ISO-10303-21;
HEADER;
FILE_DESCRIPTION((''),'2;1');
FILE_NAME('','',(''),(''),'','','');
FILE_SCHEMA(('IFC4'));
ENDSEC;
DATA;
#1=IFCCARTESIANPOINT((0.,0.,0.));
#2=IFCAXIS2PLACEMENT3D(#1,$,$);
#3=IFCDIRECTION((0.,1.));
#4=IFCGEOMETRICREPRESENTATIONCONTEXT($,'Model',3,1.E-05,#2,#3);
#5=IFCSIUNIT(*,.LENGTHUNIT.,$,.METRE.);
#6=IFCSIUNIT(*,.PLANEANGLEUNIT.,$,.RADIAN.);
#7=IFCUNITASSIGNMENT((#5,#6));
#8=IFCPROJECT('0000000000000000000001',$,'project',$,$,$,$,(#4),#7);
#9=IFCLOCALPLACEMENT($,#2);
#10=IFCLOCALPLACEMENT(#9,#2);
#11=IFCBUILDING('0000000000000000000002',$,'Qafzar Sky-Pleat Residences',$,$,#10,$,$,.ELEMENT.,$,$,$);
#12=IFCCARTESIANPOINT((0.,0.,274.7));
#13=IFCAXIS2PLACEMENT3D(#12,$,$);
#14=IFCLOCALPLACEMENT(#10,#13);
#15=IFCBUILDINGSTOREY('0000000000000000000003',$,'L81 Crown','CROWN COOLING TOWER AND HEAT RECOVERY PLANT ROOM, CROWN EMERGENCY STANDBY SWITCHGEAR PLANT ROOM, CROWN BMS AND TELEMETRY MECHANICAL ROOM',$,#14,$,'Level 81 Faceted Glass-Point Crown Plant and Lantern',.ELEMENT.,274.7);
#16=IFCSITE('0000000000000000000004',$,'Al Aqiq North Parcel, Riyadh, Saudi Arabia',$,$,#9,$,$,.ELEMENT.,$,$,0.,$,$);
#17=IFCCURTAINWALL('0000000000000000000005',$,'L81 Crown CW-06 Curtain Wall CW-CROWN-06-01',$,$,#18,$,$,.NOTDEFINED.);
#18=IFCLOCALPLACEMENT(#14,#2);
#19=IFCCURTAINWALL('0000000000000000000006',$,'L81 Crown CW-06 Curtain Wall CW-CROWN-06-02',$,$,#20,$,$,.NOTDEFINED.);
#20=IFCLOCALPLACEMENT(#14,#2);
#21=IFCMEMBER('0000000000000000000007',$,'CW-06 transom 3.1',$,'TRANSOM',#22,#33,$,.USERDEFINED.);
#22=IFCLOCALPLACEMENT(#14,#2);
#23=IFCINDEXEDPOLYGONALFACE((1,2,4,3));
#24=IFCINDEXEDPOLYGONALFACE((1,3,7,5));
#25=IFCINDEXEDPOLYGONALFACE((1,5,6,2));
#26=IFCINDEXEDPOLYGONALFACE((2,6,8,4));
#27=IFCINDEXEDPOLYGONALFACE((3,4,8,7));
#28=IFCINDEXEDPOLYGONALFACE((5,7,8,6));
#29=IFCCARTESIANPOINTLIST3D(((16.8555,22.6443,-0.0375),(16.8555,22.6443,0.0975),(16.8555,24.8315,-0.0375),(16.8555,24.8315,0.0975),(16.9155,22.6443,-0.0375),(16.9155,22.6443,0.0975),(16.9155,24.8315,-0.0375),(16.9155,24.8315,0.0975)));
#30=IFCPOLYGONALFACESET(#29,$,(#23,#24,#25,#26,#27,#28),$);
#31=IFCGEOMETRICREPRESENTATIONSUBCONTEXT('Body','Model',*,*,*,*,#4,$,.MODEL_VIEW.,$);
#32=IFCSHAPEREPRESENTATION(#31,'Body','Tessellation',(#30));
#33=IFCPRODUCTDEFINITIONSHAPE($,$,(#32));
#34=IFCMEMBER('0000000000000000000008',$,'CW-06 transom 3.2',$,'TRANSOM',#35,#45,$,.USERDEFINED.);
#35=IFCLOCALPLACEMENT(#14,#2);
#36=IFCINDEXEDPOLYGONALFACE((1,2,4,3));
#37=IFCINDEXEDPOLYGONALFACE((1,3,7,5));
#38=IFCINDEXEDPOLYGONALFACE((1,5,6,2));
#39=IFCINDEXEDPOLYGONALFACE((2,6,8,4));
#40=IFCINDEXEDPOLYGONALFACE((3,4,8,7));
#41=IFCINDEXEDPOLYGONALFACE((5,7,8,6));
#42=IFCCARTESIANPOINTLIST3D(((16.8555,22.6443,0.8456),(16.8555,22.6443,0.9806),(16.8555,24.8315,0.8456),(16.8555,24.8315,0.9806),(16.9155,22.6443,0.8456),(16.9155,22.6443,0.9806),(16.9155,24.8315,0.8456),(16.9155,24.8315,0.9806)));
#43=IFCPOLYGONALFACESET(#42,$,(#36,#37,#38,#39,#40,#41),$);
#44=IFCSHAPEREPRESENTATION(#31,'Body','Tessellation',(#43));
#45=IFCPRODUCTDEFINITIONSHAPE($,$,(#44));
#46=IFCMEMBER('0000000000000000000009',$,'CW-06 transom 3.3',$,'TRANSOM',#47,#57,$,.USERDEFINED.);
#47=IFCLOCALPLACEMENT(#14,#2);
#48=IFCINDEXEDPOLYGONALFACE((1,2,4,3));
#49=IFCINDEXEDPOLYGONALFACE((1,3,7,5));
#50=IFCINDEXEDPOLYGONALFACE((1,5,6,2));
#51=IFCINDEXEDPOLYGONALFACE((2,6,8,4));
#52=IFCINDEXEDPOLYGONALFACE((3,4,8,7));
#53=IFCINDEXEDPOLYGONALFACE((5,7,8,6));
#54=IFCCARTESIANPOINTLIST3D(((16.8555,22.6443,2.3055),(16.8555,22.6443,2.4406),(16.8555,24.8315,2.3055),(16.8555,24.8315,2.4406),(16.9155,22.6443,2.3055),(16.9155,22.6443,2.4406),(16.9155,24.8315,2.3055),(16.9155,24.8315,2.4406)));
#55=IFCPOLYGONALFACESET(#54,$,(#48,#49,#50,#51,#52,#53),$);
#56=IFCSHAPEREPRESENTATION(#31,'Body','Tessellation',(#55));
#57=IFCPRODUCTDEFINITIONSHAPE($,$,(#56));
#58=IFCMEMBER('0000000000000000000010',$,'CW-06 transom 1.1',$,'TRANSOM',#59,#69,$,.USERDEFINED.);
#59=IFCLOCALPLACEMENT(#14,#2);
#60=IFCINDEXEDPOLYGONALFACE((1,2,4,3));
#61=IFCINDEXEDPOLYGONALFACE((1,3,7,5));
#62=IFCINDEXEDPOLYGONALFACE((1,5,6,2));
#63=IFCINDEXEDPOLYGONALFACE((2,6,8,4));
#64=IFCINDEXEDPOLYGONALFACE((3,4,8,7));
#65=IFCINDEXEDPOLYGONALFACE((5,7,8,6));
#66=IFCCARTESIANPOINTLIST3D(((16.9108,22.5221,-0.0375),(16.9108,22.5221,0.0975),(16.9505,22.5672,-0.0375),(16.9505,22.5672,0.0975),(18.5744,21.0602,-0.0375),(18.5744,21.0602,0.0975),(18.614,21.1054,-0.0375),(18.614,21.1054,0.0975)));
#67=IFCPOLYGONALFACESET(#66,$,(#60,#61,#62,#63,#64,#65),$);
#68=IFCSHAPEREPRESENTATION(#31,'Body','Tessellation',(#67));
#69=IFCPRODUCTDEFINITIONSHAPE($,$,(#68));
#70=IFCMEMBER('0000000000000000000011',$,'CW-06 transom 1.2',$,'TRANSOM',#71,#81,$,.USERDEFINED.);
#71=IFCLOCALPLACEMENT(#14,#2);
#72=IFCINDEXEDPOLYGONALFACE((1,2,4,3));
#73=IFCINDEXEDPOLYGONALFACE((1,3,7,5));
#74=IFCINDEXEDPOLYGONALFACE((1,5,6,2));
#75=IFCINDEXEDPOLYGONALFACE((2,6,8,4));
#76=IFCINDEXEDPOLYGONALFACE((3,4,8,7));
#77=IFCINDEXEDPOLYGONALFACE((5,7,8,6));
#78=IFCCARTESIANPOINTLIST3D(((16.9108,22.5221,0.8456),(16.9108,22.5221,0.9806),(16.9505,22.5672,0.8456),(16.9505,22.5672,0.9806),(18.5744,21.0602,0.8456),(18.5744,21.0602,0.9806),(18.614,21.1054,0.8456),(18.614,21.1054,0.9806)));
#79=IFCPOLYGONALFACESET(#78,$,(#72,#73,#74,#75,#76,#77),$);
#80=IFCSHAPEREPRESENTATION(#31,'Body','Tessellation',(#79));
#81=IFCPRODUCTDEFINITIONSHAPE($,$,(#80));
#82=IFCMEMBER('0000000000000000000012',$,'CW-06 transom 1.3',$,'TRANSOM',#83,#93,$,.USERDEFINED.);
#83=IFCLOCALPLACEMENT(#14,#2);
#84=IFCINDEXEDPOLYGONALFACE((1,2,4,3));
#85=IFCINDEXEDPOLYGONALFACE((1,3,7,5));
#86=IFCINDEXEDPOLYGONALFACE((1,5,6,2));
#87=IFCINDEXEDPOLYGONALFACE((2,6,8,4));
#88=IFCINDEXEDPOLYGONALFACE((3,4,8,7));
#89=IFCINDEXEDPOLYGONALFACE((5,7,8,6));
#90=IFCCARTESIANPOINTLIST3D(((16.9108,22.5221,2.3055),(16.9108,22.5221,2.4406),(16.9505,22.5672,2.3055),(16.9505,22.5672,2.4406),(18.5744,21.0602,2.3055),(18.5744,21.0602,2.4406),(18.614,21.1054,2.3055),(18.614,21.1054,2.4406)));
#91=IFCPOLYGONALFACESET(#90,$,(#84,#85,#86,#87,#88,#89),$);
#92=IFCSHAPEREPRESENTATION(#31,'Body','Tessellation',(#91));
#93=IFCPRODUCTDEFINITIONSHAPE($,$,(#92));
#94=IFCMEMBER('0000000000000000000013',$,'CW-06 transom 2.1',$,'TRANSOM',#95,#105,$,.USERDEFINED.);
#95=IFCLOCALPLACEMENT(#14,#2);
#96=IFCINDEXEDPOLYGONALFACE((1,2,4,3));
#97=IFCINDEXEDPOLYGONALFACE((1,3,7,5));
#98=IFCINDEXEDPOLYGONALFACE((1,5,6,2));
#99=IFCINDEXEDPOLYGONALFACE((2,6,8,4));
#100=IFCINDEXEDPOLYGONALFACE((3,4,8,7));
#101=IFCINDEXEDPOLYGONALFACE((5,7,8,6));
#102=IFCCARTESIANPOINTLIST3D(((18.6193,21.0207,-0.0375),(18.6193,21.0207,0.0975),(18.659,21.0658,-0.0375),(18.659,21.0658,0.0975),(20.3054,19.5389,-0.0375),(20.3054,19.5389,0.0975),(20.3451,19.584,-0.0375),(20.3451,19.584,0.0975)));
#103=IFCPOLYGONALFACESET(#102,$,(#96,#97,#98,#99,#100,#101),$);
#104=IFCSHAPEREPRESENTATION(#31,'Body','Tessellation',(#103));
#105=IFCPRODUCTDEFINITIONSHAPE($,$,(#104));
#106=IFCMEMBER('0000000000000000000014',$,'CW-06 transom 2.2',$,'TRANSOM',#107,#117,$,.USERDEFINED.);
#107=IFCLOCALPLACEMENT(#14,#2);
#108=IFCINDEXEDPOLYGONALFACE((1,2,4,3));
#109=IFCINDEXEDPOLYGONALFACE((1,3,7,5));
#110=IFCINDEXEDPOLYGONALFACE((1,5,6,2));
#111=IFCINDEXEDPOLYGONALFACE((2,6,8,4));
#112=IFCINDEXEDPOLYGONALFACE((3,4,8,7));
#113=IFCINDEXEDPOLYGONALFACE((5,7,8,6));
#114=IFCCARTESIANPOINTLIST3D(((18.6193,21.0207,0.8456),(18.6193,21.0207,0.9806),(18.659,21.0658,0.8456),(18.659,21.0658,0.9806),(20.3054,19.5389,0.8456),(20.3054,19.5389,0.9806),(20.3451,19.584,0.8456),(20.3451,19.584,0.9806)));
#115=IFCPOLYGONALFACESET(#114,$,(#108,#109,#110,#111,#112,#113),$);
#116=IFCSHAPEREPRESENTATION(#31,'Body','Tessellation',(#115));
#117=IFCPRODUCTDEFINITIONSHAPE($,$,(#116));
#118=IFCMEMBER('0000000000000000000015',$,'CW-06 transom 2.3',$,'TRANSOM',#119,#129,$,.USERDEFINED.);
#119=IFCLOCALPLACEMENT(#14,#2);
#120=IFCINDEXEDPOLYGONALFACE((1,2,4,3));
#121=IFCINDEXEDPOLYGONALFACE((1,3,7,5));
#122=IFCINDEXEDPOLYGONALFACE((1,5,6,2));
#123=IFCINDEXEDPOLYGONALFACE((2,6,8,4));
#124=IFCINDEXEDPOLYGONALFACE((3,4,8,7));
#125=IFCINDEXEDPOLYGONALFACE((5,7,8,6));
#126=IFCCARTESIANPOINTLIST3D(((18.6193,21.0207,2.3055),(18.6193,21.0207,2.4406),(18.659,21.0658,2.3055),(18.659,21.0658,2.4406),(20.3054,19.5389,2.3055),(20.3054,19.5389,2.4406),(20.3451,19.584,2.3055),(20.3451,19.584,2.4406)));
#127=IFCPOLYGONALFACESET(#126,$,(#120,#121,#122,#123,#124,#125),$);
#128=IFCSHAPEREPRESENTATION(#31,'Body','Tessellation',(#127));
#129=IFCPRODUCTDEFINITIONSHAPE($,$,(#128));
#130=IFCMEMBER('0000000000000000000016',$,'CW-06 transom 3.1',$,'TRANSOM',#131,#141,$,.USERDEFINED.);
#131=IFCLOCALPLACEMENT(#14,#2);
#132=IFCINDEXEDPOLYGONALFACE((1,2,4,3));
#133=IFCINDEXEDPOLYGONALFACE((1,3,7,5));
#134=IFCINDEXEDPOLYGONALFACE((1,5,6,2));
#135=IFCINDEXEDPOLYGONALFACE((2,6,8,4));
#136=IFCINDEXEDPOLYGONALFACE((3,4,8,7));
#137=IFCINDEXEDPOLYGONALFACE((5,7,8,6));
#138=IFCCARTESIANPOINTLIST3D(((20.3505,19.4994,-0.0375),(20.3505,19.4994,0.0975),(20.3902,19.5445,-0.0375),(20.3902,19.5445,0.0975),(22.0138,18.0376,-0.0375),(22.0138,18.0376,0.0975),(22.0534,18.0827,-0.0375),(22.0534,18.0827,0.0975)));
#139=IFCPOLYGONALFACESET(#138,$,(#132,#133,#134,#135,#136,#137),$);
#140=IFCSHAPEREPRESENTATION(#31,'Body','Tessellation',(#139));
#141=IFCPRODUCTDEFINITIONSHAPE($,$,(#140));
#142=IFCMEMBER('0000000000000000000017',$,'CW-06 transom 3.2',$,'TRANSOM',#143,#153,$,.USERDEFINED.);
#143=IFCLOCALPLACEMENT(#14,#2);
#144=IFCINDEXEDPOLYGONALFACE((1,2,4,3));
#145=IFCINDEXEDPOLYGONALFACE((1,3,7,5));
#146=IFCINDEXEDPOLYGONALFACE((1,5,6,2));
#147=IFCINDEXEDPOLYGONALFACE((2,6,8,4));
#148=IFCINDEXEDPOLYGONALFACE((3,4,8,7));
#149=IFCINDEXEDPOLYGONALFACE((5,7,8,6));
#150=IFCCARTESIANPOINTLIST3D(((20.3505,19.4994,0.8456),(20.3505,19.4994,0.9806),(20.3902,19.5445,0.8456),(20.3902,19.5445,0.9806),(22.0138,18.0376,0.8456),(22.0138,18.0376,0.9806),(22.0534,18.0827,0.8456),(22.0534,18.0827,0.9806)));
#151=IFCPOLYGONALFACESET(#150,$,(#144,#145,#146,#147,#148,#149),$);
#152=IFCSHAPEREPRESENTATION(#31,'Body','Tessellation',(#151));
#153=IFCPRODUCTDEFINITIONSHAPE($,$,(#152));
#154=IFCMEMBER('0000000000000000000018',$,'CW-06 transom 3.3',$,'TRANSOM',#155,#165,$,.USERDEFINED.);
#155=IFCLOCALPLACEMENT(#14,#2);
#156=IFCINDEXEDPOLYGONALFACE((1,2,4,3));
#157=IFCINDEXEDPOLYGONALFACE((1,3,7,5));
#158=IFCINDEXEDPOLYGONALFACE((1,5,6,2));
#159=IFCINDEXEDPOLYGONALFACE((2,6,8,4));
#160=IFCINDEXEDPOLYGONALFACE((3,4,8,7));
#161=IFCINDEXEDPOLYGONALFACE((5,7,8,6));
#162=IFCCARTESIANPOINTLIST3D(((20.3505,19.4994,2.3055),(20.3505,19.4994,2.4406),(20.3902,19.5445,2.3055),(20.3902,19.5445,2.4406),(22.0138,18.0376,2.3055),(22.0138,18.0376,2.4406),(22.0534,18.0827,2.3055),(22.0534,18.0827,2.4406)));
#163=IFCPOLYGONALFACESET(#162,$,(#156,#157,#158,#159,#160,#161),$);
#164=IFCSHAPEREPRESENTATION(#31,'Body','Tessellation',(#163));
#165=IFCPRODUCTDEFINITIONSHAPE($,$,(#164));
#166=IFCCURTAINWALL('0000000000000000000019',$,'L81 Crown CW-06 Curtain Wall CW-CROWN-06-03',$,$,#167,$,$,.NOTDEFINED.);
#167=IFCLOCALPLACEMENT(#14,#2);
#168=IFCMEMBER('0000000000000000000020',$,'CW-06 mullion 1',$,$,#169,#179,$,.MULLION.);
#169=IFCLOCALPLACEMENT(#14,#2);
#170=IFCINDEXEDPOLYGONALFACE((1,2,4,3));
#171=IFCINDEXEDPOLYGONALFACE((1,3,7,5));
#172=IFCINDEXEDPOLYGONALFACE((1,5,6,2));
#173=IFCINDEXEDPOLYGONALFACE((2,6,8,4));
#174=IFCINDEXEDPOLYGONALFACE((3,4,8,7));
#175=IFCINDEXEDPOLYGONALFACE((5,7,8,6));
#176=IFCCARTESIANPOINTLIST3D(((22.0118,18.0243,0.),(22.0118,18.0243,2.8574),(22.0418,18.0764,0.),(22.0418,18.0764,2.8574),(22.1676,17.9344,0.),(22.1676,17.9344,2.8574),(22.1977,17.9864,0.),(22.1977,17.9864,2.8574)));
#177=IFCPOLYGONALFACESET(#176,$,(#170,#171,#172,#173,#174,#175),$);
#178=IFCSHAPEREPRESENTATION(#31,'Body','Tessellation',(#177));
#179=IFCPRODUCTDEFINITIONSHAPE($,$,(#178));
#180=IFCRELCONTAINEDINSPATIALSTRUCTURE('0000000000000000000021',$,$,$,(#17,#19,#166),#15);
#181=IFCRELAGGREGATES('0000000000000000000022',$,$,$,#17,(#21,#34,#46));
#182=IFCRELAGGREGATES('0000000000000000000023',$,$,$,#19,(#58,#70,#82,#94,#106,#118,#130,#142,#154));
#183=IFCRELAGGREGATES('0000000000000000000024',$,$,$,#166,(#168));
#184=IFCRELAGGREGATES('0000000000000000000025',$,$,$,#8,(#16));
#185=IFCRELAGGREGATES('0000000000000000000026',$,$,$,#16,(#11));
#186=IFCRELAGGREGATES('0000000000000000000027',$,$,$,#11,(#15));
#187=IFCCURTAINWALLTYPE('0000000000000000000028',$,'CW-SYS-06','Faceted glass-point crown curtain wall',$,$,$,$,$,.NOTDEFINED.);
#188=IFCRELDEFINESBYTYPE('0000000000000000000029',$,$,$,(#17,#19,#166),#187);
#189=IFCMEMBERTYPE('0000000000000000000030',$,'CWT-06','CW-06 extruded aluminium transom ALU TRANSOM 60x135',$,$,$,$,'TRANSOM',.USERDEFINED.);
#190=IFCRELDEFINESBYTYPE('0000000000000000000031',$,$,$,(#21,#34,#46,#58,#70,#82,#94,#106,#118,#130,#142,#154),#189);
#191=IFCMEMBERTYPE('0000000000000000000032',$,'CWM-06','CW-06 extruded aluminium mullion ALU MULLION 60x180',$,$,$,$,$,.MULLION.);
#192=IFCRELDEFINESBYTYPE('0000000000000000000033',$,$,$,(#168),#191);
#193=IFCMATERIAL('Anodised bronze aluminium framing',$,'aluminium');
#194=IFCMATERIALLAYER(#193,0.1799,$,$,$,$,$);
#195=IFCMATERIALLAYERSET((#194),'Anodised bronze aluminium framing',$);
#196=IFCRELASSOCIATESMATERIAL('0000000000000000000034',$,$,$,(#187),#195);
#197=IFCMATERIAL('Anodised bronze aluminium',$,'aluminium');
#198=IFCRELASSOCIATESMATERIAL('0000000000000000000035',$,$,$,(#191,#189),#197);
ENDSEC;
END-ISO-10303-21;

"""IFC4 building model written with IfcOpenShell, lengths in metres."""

from ifc_helpers import new_model, si_unit, direction, frame, origin, origin_2d, place, context, subcontext, project, spatial, rectangle, extrude, source, transform, mapped, material, layer, layer_set, material_profile, profile_set, type_object, element, aggregate, save


model = new_model("IFC4")

# Units and contexts
model_context = context("Model", 3, precision=1e-05, world=origin(), true_north=direction((0.0, 1.0)))
body_context = subcontext(model_context, "Body", "Model", "MODEL_VIEW")
ifc_project = project(units=[si_unit("LENGTHUNIT", "METRE"), si_unit("PLANEANGLEUNIT", "RADIAN")], contexts=[model_context])

# Site, building, storey
site_placement = place(None, origin())
site = spatial("IfcSite", under=ifc_project, at=site_placement, Name="Al Aqiq North Parcel, Riyadh, Saudi Arabia", CompositionType="ELEMENT", RefElevation=0.0)
building_placement = place(site_placement, origin())
building = spatial("IfcBuilding", under=site, at=building_placement, Name="Qafzar Sky-Pleat Residences", CompositionType="ELEMENT")
storey_placement = place(building_placement, frame((0.0, 0.0, 274.7)))
storey = spatial("IfcBuildingStorey", under=building, at=storey_placement, Name="L81 Crown", Description="CROWN COOLING TOWER AND HEAT RECOVERY PLANT ROOM, CROWN EMERGENCY STANDBY SWITCHGEAR PLANT ROOM, CROWN BMS AND TELEMETRY MECHANICAL ROOM", LongName="Level 81 Faceted Glass-Point Crown Plant and Lantern", CompositionType="ELEMENT", Elevation=274.7)

# Curtain walls
ifc_material_1 = material(Name="Anodised bronze aluminium framing", Category="aluminium")
ifc_layer_1 = layer(ifc_material_1, 0.1799)
ifc_layer_set_1 = layer_set([ifc_layer_1], Name="Anodised bronze aluminium framing")
curtain_wall_type = type_object("IfcCurtainWallType", Name="CW-SYS-06", Description="Faceted glass-point crown curtain wall", PredefinedType="NOTDEFINED", material=ifc_layer_set_1)
curtain_wall_1_placement = place(storey_placement, origin())
curtain_wall_1 = element("IfcCurtainWall", 1, at=curtain_wall_1_placement, inside=storey, type_object=curtain_wall_type, Name="L81 Crown CW-06 Curtain Wall CW-CROWN-06-01", PredefinedType="NOTDEFINED")
ifc_material_2 = material(Name="Anodised bronze aluminium", Category="aluminium")
ifc_material_profile_1 = material_profile(ifc_material_2, rectangle(XDim=0.0601, YDim=0.1799, at=origin_2d()), Name="ALU MULLION 60x180")
ifc_profile_set_1 = profile_set([ifc_material_profile_1], Name="Anodised bronze aluminium")
member_type_1 = type_object("IfcMemberType", Name="CWM-06", Description="CW-06 extruded aluminium mullion ALU MULLION 60x180", PredefinedType="MULLION", material=ifc_profile_set_1)
curtain_wall_2_placement = place(storey_placement, origin())
curtain_wall_2 = element("IfcCurtainWall", 2, at=curtain_wall_2_placement, inside=storey, type_object=curtain_wall_type, Name="L81 Crown CW-06 Curtain Wall CW-CROWN-06-02", PredefinedType="NOTDEFINED")

# Members
ifc_material_profile_2 = material_profile(ifc_material_2, rectangle(XDim=0.0601, YDim=0.135, at=origin_2d()), Name="ALU TRANSOM 60x135")
ifc_profile_set_2 = profile_set([ifc_material_profile_2], Name="Anodised bronze aluminium")
member_type_2 = type_object("IfcMemberType", Name="CWT-06", Description="CW-06 extruded aluminium transom ALU TRANSOM 60x135", ElementType="TRANSOM", PredefinedType="USERDEFINED", material=ifc_profile_set_2)
shared_shape_1 = source(origin(), body_context, "Body", "SweptSolid", [
    extrude(rectangle(XDim=0.0601, YDim=0.135, at=origin_2d()), origin(), (0.0, 0.0, 1.0), 2.1873),
])
member_1_placement = place(storey_placement, frame((16.8855, 24.8315, 0.03), z_axis=(0.0, -1.0, 0.0), x_axis=(1.0, 0.0, 0.0)))
member_1 = element("IfcMember", 3, at=member_1_placement, type_object=member_type_2, Name="CW-06 transom 3.1", ObjectType="TRANSOM", PredefinedType="USERDEFINED", context=body_context, shape_type="MappedRepresentation", body=[
    mapped(shared_shape_1, transform((0.0, 0.0, 0.0), x_axis=(1.0, 0.0, 0.0), y_axis=(0.0, 1.0, 0.0), z_axis=(0.0, 0.0, 1.0), scale=1.0)),
])
member_2_placement = place(storey_placement, frame((16.8855, 24.8315, 0.9131), z_axis=(0.0, -1.0, 0.0), x_axis=(1.0, 0.0, 0.0)))
member_2 = element("IfcMember", 4, at=member_2_placement, type_object=member_type_2, Name="CW-06 transom 3.2", ObjectType="TRANSOM", PredefinedType="USERDEFINED", context=body_context, shape_type="MappedRepresentation", body=[
    mapped(shared_shape_1, transform((0.0, 0.0, 0.0), x_axis=(1.0, 0.0, 0.0), y_axis=(0.0, 1.0, 0.0), z_axis=(0.0, 0.0, 1.0), scale=1.0)),
])
member_3_placement = place(storey_placement, frame((16.8855, 24.8315, 2.373), z_axis=(0.0, -1.0, 0.0), x_axis=(1.0, 0.0, 0.0)))
member_3 = element("IfcMember", 5, at=member_3_placement, type_object=member_type_2, Name="CW-06 transom 3.3", ObjectType="TRANSOM", PredefinedType="USERDEFINED", context=body_context, shape_type="MappedRepresentation", body=[
    mapped(shared_shape_1, transform((0.0, 0.0, 0.0), x_axis=(1.0, 0.0, 0.0), y_axis=(0.0, 1.0, 0.0), z_axis=(0.0, 0.0, 1.0), scale=1.0)),
])
shared_shape_2 = source(origin(), body_context, "Body", "SweptSolid", [
    extrude(rectangle(XDim=0.0601, YDim=0.135, at=origin_2d()), origin(), (0.0, 0.0, 1.0), 2.2146),
])
member_4_placement = place(storey_placement, frame((16.9307, 22.5447, 0.03), z_axis=(0.751168, -0.660111, 0.0), x_axis=(0.660111, 0.751168, 0.0)))
member_4 = element("IfcMember", 6, at=member_4_placement, type_object=member_type_2, Name="CW-06 transom 1.1", ObjectType="TRANSOM", PredefinedType="USERDEFINED", context=body_context, shape_type="MappedRepresentation", body=[
    mapped(shared_shape_2, transform((0.0, 0.0, 0.0), x_axis=(1.0, 0.0, 0.0), y_axis=(0.0, 1.0, 0.0), z_axis=(0.0, 0.0, 1.0), scale=1.0)),
])
member_5_placement = place(storey_placement, frame((16.9307, 22.5447, 0.9131), z_axis=(0.751168, -0.660111, 0.0), x_axis=(0.660111, 0.751168, 0.0)))
member_5 = element("IfcMember", 7, at=member_5_placement, type_object=member_type_2, Name="CW-06 transom 1.2", ObjectType="TRANSOM", PredefinedType="USERDEFINED", context=body_context, shape_type="MappedRepresentation", body=[
    mapped(shared_shape_2, transform((0.0, 0.0, 0.0), x_axis=(1.0, 0.0, 0.0), y_axis=(0.0, 1.0, 0.0), z_axis=(0.0, 0.0, 1.0), scale=1.0)),
])
member_6_placement = place(storey_placement, frame((16.9307, 22.5447, 2.373), z_axis=(0.751168, -0.660111, 0.0), x_axis=(0.660111, 0.751168, 0.0)))
member_6 = element("IfcMember", 8, at=member_6_placement, type_object=member_type_2, Name="CW-06 transom 1.3", ObjectType="TRANSOM", PredefinedType="USERDEFINED", context=body_context, shape_type="MappedRepresentation", body=[
    mapped(shared_shape_2, transform((0.0, 0.0, 0.0), x_axis=(1.0, 0.0, 0.0), y_axis=(0.0, 1.0, 0.0), z_axis=(0.0, 0.0, 1.0), scale=1.0)),
])
shared_shape_3 = source(origin(), body_context, "Body", "SweptSolid", [
    extrude(rectangle(XDim=0.0601, YDim=0.135, at=origin_2d()), origin(), (0.0, 0.0, 1.0), 2.2446),
])
member_7_placement = place(storey_placement, frame((18.6392, 21.0432, 0.03), z_axis=(0.75116, -0.66012, 0.0), x_axis=(0.66012, 0.75116, 0.0)))
member_7 = element("IfcMember", 9, at=member_7_placement, type_object=member_type_2, Name="CW-06 transom 2.1", ObjectType="TRANSOM", PredefinedType="USERDEFINED", context=body_context, shape_type="MappedRepresentation", body=[
    mapped(shared_shape_3, transform((0.0, 0.0, 0.0), x_axis=(1.0, 0.0, 0.0), y_axis=(0.0, 1.0, 0.0), z_axis=(0.0, 0.0, 1.0), scale=1.0)),
])
member_8_placement = place(storey_placement, frame((18.6392, 21.0432, 0.9131), z_axis=(0.75116, -0.66012, 0.0), x_axis=(0.66012, 0.75116, 0.0)))
member_8 = element("IfcMember", 10, at=member_8_placement, type_object=member_type_2, Name="CW-06 transom 2.2", ObjectType="TRANSOM", PredefinedType="USERDEFINED", context=body_context, shape_type="MappedRepresentation", body=[
    mapped(shared_shape_3, transform((0.0, 0.0, 0.0), x_axis=(1.0, 0.0, 0.0), y_axis=(0.0, 1.0, 0.0), z_axis=(0.0, 0.0, 1.0), scale=1.0)),
])
member_9_placement = place(storey_placement, frame((18.6392, 21.0432, 2.373), z_axis=(0.75116, -0.66012, 0.0), x_axis=(0.66012, 0.75116, 0.0)))
member_9 = element("IfcMember", 11, at=member_9_placement, type_object=member_type_2, Name="CW-06 transom 2.3", ObjectType="TRANSOM", PredefinedType="USERDEFINED", context=body_context, shape_type="MappedRepresentation", body=[
    mapped(shared_shape_3, transform((0.0, 0.0, 0.0), x_axis=(1.0, 0.0, 0.0), y_axis=(0.0, 1.0, 0.0), z_axis=(0.0, 0.0, 1.0), scale=1.0)),
])
shared_shape_4 = source(origin(), body_context, "Body", "SweptSolid", [
    extrude(rectangle(XDim=0.0601, YDim=0.135, at=origin_2d()), origin(), (0.0, 0.0, 1.0), 2.2144),
])
member_10_placement = place(storey_placement, frame((20.3704, 19.522, 0.03), z_axis=(0.75112, -0.660166, 0.0), x_axis=(0.660166, 0.75112, 0.0)))
member_10 = element("IfcMember", 12, at=member_10_placement, type_object=member_type_2, Name="CW-06 transom 3.1", ObjectType="TRANSOM", PredefinedType="USERDEFINED", context=body_context, shape_type="MappedRepresentation", body=[
    mapped(shared_shape_4, transform((0.0, 0.0, 0.0), x_axis=(1.0, 0.0, 0.0), y_axis=(0.0, 1.0, 0.0), z_axis=(0.0, 0.0, 1.0), scale=1.0)),
])
member_11_placement = place(storey_placement, frame((20.3704, 19.522, 0.9131), z_axis=(0.75112, -0.660166, 0.0), x_axis=(0.660166, 0.75112, 0.0)))
member_11 = element("IfcMember", 13, at=member_11_placement, type_object=member_type_2, Name="CW-06 transom 3.2", ObjectType="TRANSOM", PredefinedType="USERDEFINED", context=body_context, shape_type="MappedRepresentation", body=[
    mapped(shared_shape_4, transform((0.0, 0.0, 0.0), x_axis=(1.0, 0.0, 0.0), y_axis=(0.0, 1.0, 0.0), z_axis=(0.0, 0.0, 1.0), scale=1.0)),
])
member_12_placement = place(storey_placement, frame((20.3704, 19.522, 2.373), z_axis=(0.75112, -0.660166, 0.0), x_axis=(0.660166, 0.75112, 0.0)))
member_12 = element("IfcMember", 14, at=member_12_placement, type_object=member_type_2, Name="CW-06 transom 3.3", ObjectType="TRANSOM", PredefinedType="USERDEFINED", context=body_context, shape_type="MappedRepresentation", body=[
    mapped(shared_shape_4, transform((0.0, 0.0, 0.0), x_axis=(1.0, 0.0, 0.0), y_axis=(0.0, 1.0, 0.0), z_axis=(0.0, 0.0, 1.0), scale=1.0)),
])

# Curtain wall, member
curtain_wall_3_placement = place(storey_placement, origin())
curtain_wall_3 = element("IfcCurtainWall", 15, at=curtain_wall_3_placement, inside=storey, type_object=curtain_wall_type, Name="L81 Crown CW-06 Curtain Wall CW-CROWN-06-03", PredefinedType="NOTDEFINED")
shared_shape_5 = source(origin(), body_context, "Body", "SweptSolid", [
    extrude(rectangle(XDim=0.0601, YDim=0.1799, at=origin_2d()), origin(), (0.0, 0.0, 1.0), 2.8574),
])
member_13_placement = place(storey_placement, frame((22.1047, 18.0054, 0.0), z_axis=(0.0, 0.0, 1.0), x_axis=(0.499996, 0.866028, 0.0)))
member_13 = element("IfcMember", 16, at=member_13_placement, type_object=member_type_1, Name="CW-06 mullion 1", PredefinedType="MULLION", context=body_context, shape_type="MappedRepresentation", body=[
    mapped(shared_shape_5, transform((0.0, 0.0, 0.0), x_axis=(1.0, 0.0, 0.0), y_axis=(0.0, 1.0, 0.0), z_axis=(0.0, 0.0, 1.0), scale=1.0)),
])

aggregate(curtain_wall_1, [member_1, member_2, member_3])
aggregate(curtain_wall_2, [member_4, member_5, member_6, member_7, member_8, member_9, member_10, member_11, member_12])
aggregate(curtain_wall_3, [member_13])

save(model, "model.ifc")
